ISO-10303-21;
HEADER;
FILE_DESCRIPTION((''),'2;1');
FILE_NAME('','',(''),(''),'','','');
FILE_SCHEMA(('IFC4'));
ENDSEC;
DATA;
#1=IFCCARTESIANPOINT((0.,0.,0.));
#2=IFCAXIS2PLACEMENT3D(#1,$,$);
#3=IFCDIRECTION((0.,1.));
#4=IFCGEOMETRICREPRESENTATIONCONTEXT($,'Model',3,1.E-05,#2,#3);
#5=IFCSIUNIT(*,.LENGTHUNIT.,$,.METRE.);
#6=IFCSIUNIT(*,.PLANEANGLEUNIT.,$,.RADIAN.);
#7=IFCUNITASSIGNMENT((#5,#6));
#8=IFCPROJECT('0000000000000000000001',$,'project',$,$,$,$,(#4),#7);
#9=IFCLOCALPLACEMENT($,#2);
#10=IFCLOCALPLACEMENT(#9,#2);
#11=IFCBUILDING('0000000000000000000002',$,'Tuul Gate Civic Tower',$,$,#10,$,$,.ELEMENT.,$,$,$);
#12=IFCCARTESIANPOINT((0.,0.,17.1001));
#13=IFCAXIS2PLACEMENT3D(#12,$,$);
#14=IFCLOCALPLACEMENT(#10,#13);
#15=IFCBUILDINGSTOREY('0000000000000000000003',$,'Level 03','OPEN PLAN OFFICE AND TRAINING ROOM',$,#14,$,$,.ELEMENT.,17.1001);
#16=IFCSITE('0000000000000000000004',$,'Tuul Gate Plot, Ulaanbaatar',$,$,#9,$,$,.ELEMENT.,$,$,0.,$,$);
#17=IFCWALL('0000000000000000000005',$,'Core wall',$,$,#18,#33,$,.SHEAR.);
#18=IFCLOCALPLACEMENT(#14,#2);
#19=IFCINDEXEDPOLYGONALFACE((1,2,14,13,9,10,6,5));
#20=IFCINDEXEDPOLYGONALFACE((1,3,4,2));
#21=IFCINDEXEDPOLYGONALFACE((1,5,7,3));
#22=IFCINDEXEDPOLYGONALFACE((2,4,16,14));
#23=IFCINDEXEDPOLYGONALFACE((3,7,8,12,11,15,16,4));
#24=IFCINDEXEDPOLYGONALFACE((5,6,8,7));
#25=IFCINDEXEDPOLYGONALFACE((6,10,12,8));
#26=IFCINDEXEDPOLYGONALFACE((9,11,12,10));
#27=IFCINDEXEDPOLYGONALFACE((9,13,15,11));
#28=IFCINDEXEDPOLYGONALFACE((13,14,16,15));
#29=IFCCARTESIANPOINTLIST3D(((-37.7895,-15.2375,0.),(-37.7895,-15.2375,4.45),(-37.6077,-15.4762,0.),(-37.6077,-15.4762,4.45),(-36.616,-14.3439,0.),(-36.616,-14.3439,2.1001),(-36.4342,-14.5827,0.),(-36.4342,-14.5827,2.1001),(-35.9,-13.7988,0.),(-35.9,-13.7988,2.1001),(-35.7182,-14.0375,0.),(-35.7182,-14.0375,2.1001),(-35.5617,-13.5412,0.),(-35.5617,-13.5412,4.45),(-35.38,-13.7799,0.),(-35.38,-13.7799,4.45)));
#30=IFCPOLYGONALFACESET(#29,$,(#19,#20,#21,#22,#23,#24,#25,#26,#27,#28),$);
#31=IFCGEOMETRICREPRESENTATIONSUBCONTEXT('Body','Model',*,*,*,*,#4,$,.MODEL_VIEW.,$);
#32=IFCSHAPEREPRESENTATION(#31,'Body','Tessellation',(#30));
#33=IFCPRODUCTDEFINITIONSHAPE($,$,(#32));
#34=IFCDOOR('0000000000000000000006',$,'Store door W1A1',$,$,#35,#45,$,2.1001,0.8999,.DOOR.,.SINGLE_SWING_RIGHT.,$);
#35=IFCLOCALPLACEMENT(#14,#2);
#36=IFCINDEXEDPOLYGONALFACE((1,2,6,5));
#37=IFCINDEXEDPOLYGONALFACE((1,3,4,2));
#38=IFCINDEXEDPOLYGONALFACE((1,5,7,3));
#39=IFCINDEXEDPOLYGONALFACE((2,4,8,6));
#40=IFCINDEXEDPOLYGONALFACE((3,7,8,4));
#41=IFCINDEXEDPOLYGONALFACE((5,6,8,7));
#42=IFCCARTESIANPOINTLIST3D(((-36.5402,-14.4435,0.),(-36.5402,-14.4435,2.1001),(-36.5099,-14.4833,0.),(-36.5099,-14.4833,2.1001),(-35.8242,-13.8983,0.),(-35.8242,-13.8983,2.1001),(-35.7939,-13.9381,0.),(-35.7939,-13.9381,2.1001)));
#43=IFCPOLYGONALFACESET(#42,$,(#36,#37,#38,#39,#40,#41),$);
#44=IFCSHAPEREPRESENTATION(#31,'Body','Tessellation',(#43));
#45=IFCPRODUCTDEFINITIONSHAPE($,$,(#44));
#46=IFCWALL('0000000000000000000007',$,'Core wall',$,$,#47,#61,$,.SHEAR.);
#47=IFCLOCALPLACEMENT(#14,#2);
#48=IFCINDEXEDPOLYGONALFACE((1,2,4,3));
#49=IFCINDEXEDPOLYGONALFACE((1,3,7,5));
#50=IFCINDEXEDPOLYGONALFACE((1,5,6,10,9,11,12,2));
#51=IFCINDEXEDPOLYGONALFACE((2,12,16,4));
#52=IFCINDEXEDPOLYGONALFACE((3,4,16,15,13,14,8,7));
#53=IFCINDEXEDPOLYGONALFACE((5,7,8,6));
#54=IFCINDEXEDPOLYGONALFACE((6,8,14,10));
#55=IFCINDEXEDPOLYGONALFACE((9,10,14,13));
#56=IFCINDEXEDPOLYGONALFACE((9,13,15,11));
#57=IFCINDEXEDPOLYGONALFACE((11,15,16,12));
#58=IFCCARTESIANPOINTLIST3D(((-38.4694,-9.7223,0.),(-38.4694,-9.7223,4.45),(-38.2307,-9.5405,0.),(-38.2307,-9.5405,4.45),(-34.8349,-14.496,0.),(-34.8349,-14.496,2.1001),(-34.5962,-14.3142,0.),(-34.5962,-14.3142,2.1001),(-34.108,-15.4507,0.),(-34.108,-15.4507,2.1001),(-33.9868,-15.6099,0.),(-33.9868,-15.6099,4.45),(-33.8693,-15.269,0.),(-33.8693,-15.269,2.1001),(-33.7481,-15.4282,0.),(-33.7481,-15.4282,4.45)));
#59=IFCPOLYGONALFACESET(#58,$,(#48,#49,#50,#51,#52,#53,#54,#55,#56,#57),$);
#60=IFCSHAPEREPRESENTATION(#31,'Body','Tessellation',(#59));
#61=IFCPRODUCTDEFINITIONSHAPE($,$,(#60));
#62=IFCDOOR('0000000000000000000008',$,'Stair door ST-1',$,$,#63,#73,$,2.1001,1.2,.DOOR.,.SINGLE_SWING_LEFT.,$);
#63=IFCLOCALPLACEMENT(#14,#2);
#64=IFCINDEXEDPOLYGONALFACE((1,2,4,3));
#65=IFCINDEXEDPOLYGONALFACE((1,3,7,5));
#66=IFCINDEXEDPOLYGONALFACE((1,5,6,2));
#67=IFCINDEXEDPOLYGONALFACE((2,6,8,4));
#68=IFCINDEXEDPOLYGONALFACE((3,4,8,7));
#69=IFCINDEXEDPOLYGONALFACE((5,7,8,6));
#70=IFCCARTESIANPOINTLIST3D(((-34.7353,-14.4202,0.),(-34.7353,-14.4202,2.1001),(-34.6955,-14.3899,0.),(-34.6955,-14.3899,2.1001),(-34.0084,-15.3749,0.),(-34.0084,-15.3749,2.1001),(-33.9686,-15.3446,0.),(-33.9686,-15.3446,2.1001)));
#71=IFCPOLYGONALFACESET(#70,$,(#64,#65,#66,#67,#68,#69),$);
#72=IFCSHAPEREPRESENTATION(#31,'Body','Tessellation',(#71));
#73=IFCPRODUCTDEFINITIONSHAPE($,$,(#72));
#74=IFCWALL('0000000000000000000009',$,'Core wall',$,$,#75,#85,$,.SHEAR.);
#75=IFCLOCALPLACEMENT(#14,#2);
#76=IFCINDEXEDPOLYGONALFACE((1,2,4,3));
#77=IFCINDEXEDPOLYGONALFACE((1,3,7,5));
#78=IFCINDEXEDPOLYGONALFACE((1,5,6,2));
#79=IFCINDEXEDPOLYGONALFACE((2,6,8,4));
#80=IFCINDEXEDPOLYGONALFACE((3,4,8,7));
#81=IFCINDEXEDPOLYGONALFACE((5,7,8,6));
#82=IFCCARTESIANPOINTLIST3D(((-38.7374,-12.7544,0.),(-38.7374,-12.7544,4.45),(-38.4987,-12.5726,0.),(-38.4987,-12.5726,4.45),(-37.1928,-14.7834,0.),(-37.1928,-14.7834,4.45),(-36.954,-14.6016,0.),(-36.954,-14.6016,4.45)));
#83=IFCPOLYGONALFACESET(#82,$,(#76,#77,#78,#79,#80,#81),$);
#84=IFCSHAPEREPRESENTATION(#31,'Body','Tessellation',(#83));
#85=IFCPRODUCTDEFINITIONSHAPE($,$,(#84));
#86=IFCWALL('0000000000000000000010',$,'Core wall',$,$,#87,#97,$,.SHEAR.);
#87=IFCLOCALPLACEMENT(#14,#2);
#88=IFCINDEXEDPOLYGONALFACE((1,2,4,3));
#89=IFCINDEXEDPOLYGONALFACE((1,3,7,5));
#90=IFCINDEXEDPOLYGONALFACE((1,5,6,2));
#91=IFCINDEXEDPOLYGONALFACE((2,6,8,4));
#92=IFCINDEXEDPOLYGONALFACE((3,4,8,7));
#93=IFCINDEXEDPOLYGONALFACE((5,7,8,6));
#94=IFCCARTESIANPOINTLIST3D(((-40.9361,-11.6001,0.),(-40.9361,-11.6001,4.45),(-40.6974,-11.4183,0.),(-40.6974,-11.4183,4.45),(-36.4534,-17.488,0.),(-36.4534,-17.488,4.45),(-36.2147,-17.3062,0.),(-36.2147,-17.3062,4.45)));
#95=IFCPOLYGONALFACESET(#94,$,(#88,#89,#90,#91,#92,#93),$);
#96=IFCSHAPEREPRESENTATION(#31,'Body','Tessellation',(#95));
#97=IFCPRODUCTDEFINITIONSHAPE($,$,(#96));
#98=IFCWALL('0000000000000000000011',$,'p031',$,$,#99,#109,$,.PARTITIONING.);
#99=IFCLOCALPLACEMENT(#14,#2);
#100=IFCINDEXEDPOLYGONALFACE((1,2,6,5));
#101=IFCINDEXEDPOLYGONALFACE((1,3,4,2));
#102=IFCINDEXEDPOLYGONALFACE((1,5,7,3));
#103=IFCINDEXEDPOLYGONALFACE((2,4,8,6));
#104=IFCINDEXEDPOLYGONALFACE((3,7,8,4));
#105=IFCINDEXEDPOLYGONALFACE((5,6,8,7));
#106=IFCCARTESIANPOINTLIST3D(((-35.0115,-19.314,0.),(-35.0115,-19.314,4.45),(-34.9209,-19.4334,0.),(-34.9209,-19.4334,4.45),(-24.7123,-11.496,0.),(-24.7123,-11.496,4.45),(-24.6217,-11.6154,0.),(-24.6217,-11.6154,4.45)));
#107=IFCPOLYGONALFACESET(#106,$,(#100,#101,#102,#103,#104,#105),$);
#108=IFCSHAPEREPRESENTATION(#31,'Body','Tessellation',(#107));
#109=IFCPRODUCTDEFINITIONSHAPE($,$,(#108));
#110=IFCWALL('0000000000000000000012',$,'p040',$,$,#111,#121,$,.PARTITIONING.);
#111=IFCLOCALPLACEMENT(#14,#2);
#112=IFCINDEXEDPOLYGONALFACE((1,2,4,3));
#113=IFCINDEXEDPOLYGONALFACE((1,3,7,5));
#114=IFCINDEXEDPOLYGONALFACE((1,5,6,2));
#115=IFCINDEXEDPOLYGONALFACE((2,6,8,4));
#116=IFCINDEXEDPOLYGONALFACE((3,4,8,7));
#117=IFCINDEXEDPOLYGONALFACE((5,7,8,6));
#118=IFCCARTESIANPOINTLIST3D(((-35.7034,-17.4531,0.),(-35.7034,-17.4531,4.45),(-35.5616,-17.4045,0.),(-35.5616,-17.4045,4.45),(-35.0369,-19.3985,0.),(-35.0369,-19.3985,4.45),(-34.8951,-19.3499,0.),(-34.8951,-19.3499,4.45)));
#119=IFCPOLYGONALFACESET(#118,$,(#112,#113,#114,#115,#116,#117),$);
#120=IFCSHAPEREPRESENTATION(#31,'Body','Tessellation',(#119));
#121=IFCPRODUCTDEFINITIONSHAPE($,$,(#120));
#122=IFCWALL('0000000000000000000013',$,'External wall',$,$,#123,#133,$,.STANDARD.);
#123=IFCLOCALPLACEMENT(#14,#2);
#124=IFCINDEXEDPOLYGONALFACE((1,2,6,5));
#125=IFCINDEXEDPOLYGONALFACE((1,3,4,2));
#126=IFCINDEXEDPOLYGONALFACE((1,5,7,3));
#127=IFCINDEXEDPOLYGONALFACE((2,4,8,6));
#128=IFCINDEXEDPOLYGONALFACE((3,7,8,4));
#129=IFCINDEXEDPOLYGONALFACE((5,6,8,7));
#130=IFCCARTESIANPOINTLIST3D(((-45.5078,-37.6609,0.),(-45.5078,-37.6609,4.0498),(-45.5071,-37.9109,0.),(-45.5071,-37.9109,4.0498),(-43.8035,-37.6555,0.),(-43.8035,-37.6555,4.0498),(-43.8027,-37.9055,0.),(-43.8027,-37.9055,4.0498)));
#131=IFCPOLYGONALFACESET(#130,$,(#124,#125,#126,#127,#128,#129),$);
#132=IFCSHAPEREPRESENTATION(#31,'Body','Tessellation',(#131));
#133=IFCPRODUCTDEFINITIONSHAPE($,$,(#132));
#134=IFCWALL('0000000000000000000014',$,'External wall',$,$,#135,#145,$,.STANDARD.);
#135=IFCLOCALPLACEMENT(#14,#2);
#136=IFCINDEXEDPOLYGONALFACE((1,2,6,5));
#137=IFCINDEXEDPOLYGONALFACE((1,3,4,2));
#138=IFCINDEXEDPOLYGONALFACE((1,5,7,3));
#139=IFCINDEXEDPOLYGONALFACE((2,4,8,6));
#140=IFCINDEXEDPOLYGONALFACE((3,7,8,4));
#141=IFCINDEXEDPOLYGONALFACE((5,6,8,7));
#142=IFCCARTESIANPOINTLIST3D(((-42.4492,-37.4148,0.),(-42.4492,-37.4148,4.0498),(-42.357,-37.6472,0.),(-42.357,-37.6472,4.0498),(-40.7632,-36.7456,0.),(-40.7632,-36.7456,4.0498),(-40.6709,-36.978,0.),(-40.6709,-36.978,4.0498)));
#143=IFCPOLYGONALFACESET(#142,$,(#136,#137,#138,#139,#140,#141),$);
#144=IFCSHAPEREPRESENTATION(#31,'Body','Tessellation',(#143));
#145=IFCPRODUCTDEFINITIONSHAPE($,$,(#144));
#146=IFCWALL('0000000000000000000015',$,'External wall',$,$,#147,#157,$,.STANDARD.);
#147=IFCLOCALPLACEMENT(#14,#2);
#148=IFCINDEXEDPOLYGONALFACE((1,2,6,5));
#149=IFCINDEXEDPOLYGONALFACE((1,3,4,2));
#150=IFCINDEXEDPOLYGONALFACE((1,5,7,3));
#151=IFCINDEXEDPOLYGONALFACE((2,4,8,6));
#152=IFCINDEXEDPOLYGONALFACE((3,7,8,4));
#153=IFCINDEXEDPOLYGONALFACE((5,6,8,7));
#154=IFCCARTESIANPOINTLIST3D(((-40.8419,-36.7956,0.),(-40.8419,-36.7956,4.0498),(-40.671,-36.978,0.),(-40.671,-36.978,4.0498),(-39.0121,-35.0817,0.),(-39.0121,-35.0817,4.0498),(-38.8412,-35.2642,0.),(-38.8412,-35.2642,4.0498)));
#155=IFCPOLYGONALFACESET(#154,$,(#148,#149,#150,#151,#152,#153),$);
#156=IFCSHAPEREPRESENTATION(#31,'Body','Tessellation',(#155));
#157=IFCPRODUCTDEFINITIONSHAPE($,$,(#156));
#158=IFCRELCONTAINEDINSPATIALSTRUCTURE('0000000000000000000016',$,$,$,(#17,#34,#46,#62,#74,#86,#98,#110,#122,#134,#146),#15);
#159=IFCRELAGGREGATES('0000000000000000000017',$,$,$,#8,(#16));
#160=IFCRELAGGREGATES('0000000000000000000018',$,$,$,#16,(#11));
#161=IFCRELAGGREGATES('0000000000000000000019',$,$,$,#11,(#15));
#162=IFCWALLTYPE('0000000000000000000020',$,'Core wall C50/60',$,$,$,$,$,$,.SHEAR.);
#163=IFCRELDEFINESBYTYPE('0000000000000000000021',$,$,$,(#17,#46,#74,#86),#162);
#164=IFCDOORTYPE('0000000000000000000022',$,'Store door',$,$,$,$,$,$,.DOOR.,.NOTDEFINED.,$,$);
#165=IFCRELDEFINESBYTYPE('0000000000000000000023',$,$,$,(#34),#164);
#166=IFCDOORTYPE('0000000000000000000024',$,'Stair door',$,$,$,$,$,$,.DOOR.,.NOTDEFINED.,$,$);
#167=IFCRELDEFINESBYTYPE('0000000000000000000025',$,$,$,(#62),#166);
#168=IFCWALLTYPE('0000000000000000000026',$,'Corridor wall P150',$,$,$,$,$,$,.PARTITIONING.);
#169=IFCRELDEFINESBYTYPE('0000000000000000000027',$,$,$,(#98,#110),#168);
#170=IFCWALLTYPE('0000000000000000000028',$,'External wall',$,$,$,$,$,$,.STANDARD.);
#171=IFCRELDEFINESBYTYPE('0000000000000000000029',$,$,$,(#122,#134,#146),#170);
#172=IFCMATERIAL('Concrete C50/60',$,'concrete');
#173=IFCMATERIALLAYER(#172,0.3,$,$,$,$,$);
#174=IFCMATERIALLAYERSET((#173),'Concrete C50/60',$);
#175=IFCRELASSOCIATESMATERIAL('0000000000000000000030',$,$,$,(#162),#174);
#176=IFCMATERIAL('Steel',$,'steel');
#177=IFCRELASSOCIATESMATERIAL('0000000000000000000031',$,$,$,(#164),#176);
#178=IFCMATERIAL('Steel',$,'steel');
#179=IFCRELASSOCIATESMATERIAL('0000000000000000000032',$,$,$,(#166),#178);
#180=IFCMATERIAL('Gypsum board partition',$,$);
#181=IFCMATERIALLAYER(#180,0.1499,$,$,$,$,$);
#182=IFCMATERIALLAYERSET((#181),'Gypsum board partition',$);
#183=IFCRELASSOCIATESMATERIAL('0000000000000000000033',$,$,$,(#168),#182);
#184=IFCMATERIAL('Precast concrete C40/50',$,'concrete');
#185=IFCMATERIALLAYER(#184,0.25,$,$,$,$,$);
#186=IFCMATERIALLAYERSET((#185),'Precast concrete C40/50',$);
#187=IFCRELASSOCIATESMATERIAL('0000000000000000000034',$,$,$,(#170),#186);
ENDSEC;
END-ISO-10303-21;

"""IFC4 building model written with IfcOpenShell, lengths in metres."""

from ifc_helpers import new_model, si_unit, direction, frame, frame_2d, origin, place, context, subcontext, project, spatial, rectangle, extrude, material, layer, layer_set, type_object, element, fill, save


model = new_model("IFC4")

# Units and contexts
model_context = context("Model", 3, precision=1e-05, world=origin(), true_north=direction((0.0, 1.0)))
body_context = subcontext(model_context, "Body", "Model", "MODEL_VIEW")
ifc_project = project(units=[si_unit("LENGTHUNIT", "METRE"), si_unit("PLANEANGLEUNIT", "RADIAN")], contexts=[model_context])

# Site, building, storey
site_placement = place(None, origin())
site = spatial("IfcSite", under=ifc_project, at=site_placement, Name="Tuul Gate Plot, Ulaanbaatar", CompositionType="ELEMENT", RefElevation=0.0)
building_placement = place(site_placement, origin())
building = spatial("IfcBuilding", under=site, at=building_placement, Name="Tuul Gate Civic Tower", CompositionType="ELEMENT")
storey_placement = place(building_placement, frame((0.0, 0.0, 17.1001)))
storey = spatial("IfcBuildingStorey", under=building, at=storey_placement, Name="Level 03", Description="OPEN PLAN OFFICE AND TRAINING ROOM", CompositionType="ELEMENT", Elevation=17.1001)

# Walls, openings, doors
ifc_material_1 = material(Name="Concrete C50/60", Category="concrete")
ifc_layer_1 = layer(ifc_material_1, 0.3)
ifc_layer_set_1 = layer_set([ifc_layer_1], Name="Concrete C50/60")
wall_type_1 = type_object("IfcWallType", Name="Core wall C50/60", PredefinedType="SHEAR", material=ifc_layer_set_1)
wall_1_placement = place(storey_placement, frame((-35.4709, -13.6606, 0.0), z_axis=(0.0, 0.0, 1.0), x_axis=(-0.795616, -0.605802, 0.0)))
wall_1 = element("IfcWall", 1, at=wall_1_placement, inside=storey, type_object=wall_type_1, Name="Core wall", PredefinedType="SHEAR", context=body_context, shape_type="SweptSolid", body=[
    extrude(rectangle(XDim=2.8, YDim=0.3, at=frame_2d((1.3999, 0.0))), origin(), (0.0, 0.0, 1.0), 4.45),
])
opening_1_placement = place(wall_1_placement, frame((0.425, 0.0, 0.0)))
opening_1 = element("IfcOpeningElement", 2, at=opening_1_placement, cuts=wall_1, PredefinedType="OPENING", context=body_context, shape_type="SweptSolid", body=[
    extrude(rectangle(XDim=0.8999, YDim=2.1001, at=frame_2d((0.45, 1.05))), frame((0.0, 0.1602, 0.0), z_axis=(0.0, -1.0, 0.0), x_axis=(1.0, 0.0, 0.0)), (0.0, 0.0, 1.0), 0.3201),
])
ifc_material_2 = material(Name="Steel", Category="steel")
door_type_1 = type_object("IfcDoorType", Name="Store door", OperationType="NOTDEFINED", PredefinedType="DOOR", material=ifc_material_2)
door_1_placement = place(opening_1_placement, frame((0.8999, 0.0, 0.0), z_axis=(0.0, 0.0, 1.0), x_axis=(-1.0, 0.0, 0.0)))
door_1 = element("IfcDoor", 3, at=door_1_placement, inside=storey, type_object=door_type_1, Name="Store door W1A1", OperationType="SINGLE_SWING_RIGHT", OverallHeight=2.1001, OverallWidth=0.8999, PredefinedType="DOOR", context=body_context, shape_type="SweptSolid", body=[
    extrude(rectangle(XDim=0.8999, YDim=2.1001, at=frame_2d((0.45, 1.05))), frame((0.0, 0.0249, 0.0), z_axis=(0.0, -1.0, 0.0), x_axis=(1.0, 0.0, 0.0)), (0.0, 0.0, 1.0), 0.05),
])
fill(opening_1, door_1)
wall_2_placement = place(storey_placement, frame((-33.8674, -15.519, 0.0), z_axis=(0.0, 0.0, 1.0), x_axis=(-0.60577, 0.79564, 0.0)))
wall_2 = element("IfcWall", 4, at=wall_2_placement, inside=storey, type_object=wall_type_1, Name="Core wall", PredefinedType="SHEAR", context=body_context, shape_type="SweptSolid", body=[
    extrude(rectangle(XDim=7.3999, YDim=0.3, at=frame_2d((3.7, 0.0))), origin(), (0.0, 0.0, 1.0), 4.45),
])
opening_2_placement = place(wall_2_placement, frame((0.2, 0.0, 0.0)))
opening_2 = element("IfcOpeningElement", 5, at=opening_2_placement, cuts=wall_2, PredefinedType="OPENING", context=body_context, shape_type="SweptSolid", body=[
    extrude(rectangle(XDim=1.2, YDim=2.1001, at=frame_2d((0.6001, 1.05))), frame((0.0, 0.1602, 0.0), z_axis=(0.0, -1.0, 0.0), x_axis=(1.0, 0.0, 0.0)), (0.0, 0.0, 1.0), 0.3201),
])
ifc_material_3 = material(Name="Steel", Category="steel")
door_type_2 = type_object("IfcDoorType", Name="Stair door", OperationType="NOTDEFINED", PredefinedType="DOOR", material=ifc_material_3)
door_2_placement = place(opening_2_placement, origin())
door_2 = element("IfcDoor", 6, at=door_2_placement, inside=storey, type_object=door_type_2, Name="Stair door ST-1", OperationType="SINGLE_SWING_LEFT", OverallHeight=2.1001, OverallWidth=1.2, PredefinedType="DOOR", context=body_context, shape_type="SweptSolid", body=[
    extrude(rectangle(XDim=1.2, YDim=2.1001, at=frame_2d((0.6001, 1.05))), frame((0.0, 0.0249, 0.0), z_axis=(0.0, -1.0, 0.0), x_axis=(1.0, 0.0, 0.0)), (0.0, 0.0, 1.0), 0.05),
])
fill(opening_2, door_2)

# Walls
wall_3_placement = place(storey_placement, frame((-37.0735, -14.6924, 0.0), z_axis=(0.0, 0.0, 1.0), x_axis=(-0.605729, 0.795671, 0.0)))
element("IfcWall", 7, at=wall_3_placement, inside=storey, type_object=wall_type_1, Name="Core wall", PredefinedType="SHEAR", context=body_context, shape_type="SweptSolid", body=[
    extrude(rectangle(XDim=2.55, YDim=0.3, at=frame_2d((1.2749, 0.0))), origin(), (0.0, 0.0, 1.0), 4.45),
])
wall_4_placement = place(storey_placement, frame((-36.334, -17.3972, 0.0), z_axis=(0.0, 0.0, 1.0), x_axis=(-0.605754, 0.795652, 0.0)))
element("IfcWall", 8, at=wall_4_placement, inside=storey, type_object=wall_type_1, Name="Core wall", PredefinedType="SHEAR", context=body_context, shape_type="SweptSolid", body=[
    extrude(rectangle(XDim=7.4001, YDim=0.3, at=frame_2d((3.7002, 0.0))), origin(), (0.0, 0.0, 1.0), 4.45),
])
ifc_material_4 = material(Name="Gypsum board partition")
ifc_layer_2 = layer(ifc_material_4, 0.1499)
ifc_layer_set_2 = layer_set([ifc_layer_2], Name="Gypsum board partition")
wall_type_2 = type_object("IfcWallType", Name="Corridor wall P150", PredefinedType="PARTITIONING", material=ifc_layer_set_2)
wall_5_placement = place(storey_placement, frame((-34.9663, -19.3738, 0.0), z_axis=(0.0, 0.0, 1.0), x_axis=(0.796511, 0.604624, 0.0)))
element("IfcWall", 9, at=wall_5_placement, inside=storey, type_object=wall_type_2, Name="p031", PredefinedType="PARTITIONING", context=body_context, shape_type="SweptSolid", body=[
    extrude(rectangle(XDim=12.9304, YDim=0.1499, at=frame_2d((6.4653, 0.0))), origin(), (0.0, 0.0, 1.0), 4.45),
])
wall_6_placement = place(storey_placement, frame((-35.6326, -17.4287, 0.0), z_axis=(0.0, 0.0, 1.0), x_axis=(0.324124, -0.946015, 0.0)))
element("IfcWall", 10, at=wall_6_placement, inside=storey, type_object=wall_type_2, Name="p040", PredefinedType="PARTITIONING", context=body_context, shape_type="SweptSolid", body=[
    extrude(rectangle(XDim=2.0564, YDim=0.1499, at=frame_2d((1.0283, 0.0))), origin(), (0.0, 0.0, 1.0), 4.45),
])
ifc_material_5 = material(Name="Precast concrete C40/50", Category="concrete")
ifc_layer_3 = layer(ifc_material_5, 0.25)
ifc_layer_set_3 = layer_set([ifc_layer_3], Name="Precast concrete C40/50")
wall_type_3 = type_object("IfcWallType", Name="External wall", PredefinedType="STANDARD", material=ifc_layer_set_3)
wall_7_placement = place(storey_placement, frame((-45.5073, -37.7859, 0.0), z_axis=(0.0, 0.0, 1.0), x_axis=(0.999995, 0.003151, 0.0)))
element("IfcWall", 11, at=wall_7_placement, inside=storey, type_object=wall_type_3, Name="External wall", PredefinedType="STANDARD", context=body_context, shape_type="SweptSolid", body=[
    extrude(rectangle(XDim=1.7043, YDim=0.25, at=frame_2d((0.8521, 0.0))), origin(), (0.0, 0.0, 1.0), 4.0498),
])
wall_8_placement = place(storey_placement, frame((-42.4031, -37.531, 0.0), z_axis=(0.0, 0.0, 1.0), x_axis=(0.929467, 0.368906, 0.0)))
element("IfcWall", 12, at=wall_8_placement, inside=storey, type_object=wall_type_3, Name="External wall", PredefinedType="STANDARD", context=body_context, shape_type="SweptSolid", body=[
    extrude(rectangle(XDim=1.814, YDim=0.25, at=frame_2d((0.907, 0.0))), origin(), (0.0, 0.0, 1.0), 4.0498),
])
wall_9_placement = place(storey_placement, frame((-40.7563, -36.8867, 0.0), z_axis=(0.0, 0.0, 1.0), x_axis=(0.729856, 0.683601, 0.0)))
element("IfcWall", 13, at=wall_9_placement, inside=storey, type_object=wall_type_3, Name="External wall", PredefinedType="STANDARD", context=body_context, shape_type="SweptSolid", body=[
    extrude(rectangle(XDim=2.5071, YDim=0.25, at=frame_2d((1.2534, 0.0))), origin(), (0.0, 0.0, 1.0), 4.0498),
])

save(model, "model.ifc")
